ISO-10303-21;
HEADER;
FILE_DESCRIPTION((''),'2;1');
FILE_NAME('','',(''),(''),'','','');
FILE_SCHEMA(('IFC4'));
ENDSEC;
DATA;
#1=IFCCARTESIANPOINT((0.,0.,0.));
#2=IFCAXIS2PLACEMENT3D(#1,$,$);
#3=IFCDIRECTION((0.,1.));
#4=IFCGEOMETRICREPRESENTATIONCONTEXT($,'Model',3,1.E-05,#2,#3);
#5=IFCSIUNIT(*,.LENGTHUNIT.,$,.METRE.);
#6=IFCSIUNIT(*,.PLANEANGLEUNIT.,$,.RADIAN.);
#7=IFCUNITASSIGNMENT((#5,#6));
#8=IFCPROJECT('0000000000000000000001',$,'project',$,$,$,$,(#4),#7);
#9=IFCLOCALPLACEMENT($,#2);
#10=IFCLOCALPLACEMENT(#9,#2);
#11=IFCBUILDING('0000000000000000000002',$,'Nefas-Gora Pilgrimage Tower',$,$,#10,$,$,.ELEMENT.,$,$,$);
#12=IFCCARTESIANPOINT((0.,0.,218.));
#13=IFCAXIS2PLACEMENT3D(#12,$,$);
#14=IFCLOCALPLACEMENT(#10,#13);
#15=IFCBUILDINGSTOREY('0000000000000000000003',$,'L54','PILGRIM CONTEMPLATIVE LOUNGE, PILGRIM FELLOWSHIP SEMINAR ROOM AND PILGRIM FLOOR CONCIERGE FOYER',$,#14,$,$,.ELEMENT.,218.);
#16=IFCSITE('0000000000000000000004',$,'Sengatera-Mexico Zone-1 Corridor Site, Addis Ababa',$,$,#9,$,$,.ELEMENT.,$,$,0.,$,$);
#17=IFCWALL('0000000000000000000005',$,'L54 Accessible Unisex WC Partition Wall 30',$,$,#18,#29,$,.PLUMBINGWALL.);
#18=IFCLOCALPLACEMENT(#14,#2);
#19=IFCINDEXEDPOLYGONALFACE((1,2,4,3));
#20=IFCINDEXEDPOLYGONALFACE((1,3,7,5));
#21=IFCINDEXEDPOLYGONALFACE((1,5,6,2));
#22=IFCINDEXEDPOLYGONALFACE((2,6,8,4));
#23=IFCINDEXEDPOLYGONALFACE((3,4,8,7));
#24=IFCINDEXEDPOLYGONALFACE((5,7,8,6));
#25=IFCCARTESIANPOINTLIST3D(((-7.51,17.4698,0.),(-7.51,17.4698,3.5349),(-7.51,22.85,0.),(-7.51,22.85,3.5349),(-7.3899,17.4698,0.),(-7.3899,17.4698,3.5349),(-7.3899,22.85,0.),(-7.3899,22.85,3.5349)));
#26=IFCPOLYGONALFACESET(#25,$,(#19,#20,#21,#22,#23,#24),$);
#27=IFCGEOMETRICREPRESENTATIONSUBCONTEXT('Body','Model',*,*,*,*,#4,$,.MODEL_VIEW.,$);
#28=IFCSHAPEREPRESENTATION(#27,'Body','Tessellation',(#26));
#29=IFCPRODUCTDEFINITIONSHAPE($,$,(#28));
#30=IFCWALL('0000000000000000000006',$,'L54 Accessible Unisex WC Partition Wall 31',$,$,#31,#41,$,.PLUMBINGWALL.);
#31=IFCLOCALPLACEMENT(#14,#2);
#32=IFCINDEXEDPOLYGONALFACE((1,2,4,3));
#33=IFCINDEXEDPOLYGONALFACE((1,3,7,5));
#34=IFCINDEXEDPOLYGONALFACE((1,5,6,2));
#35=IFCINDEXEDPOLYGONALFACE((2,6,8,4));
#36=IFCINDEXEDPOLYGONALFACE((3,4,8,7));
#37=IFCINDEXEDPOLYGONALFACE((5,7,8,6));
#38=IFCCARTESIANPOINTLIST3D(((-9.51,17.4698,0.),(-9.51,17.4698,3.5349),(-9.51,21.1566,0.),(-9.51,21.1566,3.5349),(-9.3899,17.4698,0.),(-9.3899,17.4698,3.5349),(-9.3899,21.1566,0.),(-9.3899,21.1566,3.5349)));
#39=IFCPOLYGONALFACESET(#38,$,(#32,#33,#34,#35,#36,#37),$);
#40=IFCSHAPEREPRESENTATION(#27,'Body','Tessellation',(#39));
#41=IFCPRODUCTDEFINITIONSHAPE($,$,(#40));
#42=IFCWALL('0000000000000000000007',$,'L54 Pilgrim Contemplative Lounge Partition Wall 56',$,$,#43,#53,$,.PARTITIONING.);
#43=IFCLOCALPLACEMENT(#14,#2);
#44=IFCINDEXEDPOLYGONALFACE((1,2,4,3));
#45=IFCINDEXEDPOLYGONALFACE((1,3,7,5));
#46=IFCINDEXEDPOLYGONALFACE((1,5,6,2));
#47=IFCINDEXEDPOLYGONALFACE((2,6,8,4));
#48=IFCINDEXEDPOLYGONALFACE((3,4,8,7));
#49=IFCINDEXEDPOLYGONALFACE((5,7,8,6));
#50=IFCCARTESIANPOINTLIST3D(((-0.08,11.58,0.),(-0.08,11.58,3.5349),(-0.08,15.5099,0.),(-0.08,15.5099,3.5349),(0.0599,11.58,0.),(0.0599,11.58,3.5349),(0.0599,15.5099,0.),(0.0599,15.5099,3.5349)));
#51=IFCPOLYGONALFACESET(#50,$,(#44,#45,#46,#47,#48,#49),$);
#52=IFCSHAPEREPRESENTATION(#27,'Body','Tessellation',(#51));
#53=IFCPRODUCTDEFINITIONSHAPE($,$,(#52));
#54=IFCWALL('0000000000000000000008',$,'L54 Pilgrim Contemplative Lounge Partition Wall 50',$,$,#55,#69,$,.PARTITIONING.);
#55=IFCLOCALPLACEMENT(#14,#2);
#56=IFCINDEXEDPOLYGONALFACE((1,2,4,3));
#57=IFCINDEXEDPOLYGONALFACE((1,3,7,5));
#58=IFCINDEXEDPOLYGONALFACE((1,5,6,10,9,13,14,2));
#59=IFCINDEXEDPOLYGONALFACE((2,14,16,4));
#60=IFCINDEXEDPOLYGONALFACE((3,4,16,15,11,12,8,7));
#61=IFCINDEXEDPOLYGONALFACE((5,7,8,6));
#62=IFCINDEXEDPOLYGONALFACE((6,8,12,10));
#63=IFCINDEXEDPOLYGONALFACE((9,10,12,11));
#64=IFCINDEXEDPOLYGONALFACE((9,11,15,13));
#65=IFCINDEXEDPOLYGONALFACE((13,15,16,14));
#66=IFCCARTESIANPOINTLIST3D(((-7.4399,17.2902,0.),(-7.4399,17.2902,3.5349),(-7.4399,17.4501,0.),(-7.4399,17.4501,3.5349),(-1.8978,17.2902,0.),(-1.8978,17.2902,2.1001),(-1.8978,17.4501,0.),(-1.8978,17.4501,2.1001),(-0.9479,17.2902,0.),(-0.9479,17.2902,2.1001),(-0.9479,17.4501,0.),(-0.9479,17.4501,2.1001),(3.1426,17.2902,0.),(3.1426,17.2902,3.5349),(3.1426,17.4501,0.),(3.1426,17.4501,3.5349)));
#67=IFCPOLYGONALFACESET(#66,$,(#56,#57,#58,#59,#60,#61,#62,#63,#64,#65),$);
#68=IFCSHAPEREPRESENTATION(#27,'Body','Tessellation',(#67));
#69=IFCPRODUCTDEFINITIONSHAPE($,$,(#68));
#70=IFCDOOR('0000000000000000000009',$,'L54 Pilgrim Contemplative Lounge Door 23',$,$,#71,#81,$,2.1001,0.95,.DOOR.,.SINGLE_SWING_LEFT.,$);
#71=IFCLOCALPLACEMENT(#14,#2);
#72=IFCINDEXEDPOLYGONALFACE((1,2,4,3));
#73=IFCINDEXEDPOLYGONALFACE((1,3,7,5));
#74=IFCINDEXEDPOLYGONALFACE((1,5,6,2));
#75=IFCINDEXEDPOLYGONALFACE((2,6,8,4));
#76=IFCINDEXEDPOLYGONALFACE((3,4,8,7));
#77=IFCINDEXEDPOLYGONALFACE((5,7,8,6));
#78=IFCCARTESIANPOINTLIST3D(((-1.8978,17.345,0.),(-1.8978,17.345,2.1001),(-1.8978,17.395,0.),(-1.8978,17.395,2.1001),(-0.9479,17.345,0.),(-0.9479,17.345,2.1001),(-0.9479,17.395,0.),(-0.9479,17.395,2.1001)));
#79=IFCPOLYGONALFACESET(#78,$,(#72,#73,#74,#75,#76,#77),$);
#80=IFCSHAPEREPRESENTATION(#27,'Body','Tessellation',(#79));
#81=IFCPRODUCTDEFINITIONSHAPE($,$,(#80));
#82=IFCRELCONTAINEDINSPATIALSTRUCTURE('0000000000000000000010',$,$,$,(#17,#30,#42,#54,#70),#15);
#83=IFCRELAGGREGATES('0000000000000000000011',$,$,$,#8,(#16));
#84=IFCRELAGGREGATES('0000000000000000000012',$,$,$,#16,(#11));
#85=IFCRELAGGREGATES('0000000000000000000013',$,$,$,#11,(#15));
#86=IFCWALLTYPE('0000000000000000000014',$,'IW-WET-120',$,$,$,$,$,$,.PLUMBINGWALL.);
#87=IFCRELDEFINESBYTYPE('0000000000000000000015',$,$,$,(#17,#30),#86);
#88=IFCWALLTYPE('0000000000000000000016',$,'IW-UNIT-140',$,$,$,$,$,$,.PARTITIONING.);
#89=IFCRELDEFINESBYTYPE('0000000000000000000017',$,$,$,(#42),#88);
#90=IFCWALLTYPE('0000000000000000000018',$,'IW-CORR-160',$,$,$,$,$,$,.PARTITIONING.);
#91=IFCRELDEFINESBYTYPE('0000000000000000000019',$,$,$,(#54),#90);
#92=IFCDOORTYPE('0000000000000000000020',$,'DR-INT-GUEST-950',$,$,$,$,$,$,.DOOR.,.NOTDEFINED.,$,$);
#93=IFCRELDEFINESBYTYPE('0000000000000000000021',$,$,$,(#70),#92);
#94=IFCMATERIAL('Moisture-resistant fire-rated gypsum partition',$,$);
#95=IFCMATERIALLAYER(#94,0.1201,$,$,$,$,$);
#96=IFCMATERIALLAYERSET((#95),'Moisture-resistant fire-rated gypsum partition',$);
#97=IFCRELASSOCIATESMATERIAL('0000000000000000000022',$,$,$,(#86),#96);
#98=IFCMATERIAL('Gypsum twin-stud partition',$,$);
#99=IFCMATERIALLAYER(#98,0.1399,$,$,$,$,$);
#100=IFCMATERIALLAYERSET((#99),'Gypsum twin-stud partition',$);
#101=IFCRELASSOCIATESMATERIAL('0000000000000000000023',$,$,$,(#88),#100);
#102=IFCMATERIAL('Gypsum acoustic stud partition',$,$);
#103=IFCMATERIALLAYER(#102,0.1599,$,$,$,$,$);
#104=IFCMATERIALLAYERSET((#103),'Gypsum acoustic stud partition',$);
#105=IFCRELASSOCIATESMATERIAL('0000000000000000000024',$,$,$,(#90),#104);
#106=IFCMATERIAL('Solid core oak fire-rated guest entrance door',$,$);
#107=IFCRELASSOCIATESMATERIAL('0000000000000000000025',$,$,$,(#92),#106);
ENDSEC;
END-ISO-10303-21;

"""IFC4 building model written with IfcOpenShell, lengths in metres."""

from ifc_helpers import new_model, si_unit, direction, frame, frame_2d, origin, place, context, subcontext, project, spatial, rectangle, extrude, source, transform, mapped, material, layer, layer_set, type_object, element, fill, save


model = new_model("IFC4")

# Units and contexts
model_context = context("Model", 3, precision=1e-05, world=origin(), true_north=direction((0.0, 1.0)))
body_context = subcontext(model_context, "Body", "Model", "MODEL_VIEW")
ifc_project = project(units=[si_unit("LENGTHUNIT", "METRE"), si_unit("PLANEANGLEUNIT", "RADIAN")], contexts=[model_context])

# Site, building, storey
site_placement = place(None, origin())
site = spatial("IfcSite", under=ifc_project, at=site_placement, Name="Sengatera-Mexico Zone-1 Corridor Site, Addis Ababa", CompositionType="ELEMENT", RefElevation=0.0)
building_placement = place(site_placement, origin())
building = spatial("IfcBuilding", under=site, at=building_placement, Name="Nefas-Gora Pilgrimage Tower", CompositionType="ELEMENT")
storey_placement = place(building_placement, frame((0.0, 0.0, 218.0)))
storey = spatial("IfcBuildingStorey", under=building, at=storey_placement, Name="L54", Description="PILGRIM CONTEMPLATIVE LOUNGE, PILGRIM FELLOWSHIP SEMINAR ROOM AND PILGRIM FLOOR CONCIERGE FOYER", CompositionType="ELEMENT", Elevation=218.0)

# Shared definitions
ifc_material_1 = material(Name="Moisture-resistant fire-rated gypsum partition")
ifc_layer_1 = layer(ifc_material_1, 0.1201)
ifc_layer_set_1 = layer_set([ifc_layer_1], Name="Moisture-resistant fire-rated gypsum partition")
wall_type_1 = type_object("IfcWallType", Name="IW-WET-120", PredefinedType="PLUMBINGWALL", material=ifc_layer_set_1)

# Walls
shared_shape_1 = source(origin(), body_context, "Body", "SweptSolid", [
    extrude(rectangle(XDim=5.3801, YDim=0.1201, at=frame_2d((2.6899, 0.0))), origin(), (0.0, 0.0, 1.0), 3.5349),
])
wall_1_placement = place(storey_placement, frame((-7.45, 17.47, 0.0), z_axis=(0.0, 0.0, 1.0), x_axis=(0.0, 1.0, 0.0)))
element("IfcWall", 1, at=wall_1_placement, inside=storey, type_object=wall_type_1, Name="L54 Accessible Unisex WC Partition Wall 30", PredefinedType="PLUMBINGWALL", context=body_context, shape_type="MappedRepresentation", body=[
    mapped(shared_shape_1, transform((0.0, 0.0, 0.0), x_axis=(1.0, 0.0, 0.0), y_axis=(0.0, 1.0, 0.0), z_axis=(0.0, 0.0, 1.0), scale=1.0)),
])
shared_shape_2 = source(origin(), body_context, "Body", "SweptSolid", [
    extrude(rectangle(XDim=3.6868, YDim=0.1201, at=frame_2d((1.8433, 0.0))), origin(), (0.0, 0.0, 1.0), 3.5349),
])
wall_2_placement = place(storey_placement, frame((-9.45, 17.47, 0.0), z_axis=(0.0, 0.0, 1.0), x_axis=(0.0, 1.0, 0.0)))
element("IfcWall", 2, at=wall_2_placement, inside=storey, type_object=wall_type_1, Name="L54 Accessible Unisex WC Partition Wall 31", PredefinedType="PLUMBINGWALL", context=body_context, shape_type="MappedRepresentation", body=[
    mapped(shared_shape_2, transform((0.0, 0.0, 0.0), x_axis=(1.0, 0.0, 0.0), y_axis=(0.0, 1.0, 0.0), z_axis=(0.0, 0.0, 1.0), scale=1.0)),
])
ifc_material_2 = material(Name="Gypsum twin-stud partition")
ifc_layer_2 = layer(ifc_material_2, 0.1399)
ifc_layer_set_2 = layer_set([ifc_layer_2], Name="Gypsum twin-stud partition")
wall_type_2 = type_object("IfcWallType", Name="IW-UNIT-140", PredefinedType="PARTITIONING", material=ifc_layer_set_2)
shared_shape_3 = source(origin(), body_context, "Body", "SweptSolid", [
    extrude(rectangle(XDim=3.9299, YDim=0.1399, at=frame_2d((1.9648, 0.0))), origin(), (0.0, 0.0, 1.0), 3.5349),
])
wall_3_placement = place(storey_placement, frame((-0.01, 11.5801, 0.0), z_axis=(0.0, 0.0, 1.0), x_axis=(0.0, 1.0, 0.0)))
element("IfcWall", 3, at=wall_3_placement, inside=storey, type_object=wall_type_2, Name="L54 Pilgrim Contemplative Lounge Partition Wall 56", PredefinedType="PARTITIONING", context=body_context, shape_type="MappedRepresentation", body=[
    mapped(shared_shape_3, transform((0.0, 0.0, 0.0), x_axis=(1.0, 0.0, 0.0), y_axis=(0.0, 1.0, 0.0), z_axis=(0.0, 0.0, 1.0), scale=1.0)),
])

# Wall, opening, door
ifc_material_3 = material(Name="Gypsum acoustic stud partition")
ifc_layer_3 = layer(ifc_material_3, 0.1599)
ifc_layer_set_3 = layer_set([ifc_layer_3], Name="Gypsum acoustic stud partition")
wall_type_3 = type_object("IfcWallType", Name="IW-CORR-160", PredefinedType="PARTITIONING", material=ifc_layer_set_3)
shared_shape_4 = source(origin(), body_context, "Body", "SweptSolid", [
    extrude(rectangle(XDim=10.5825, YDim=0.1599, at=frame_2d((5.2913, 0.0))), origin(), (0.0, 0.0, 1.0), 3.5349),
])
wall_4_placement = place(storey_placement, frame((-7.4399, 17.3701, 0.0), z_axis=(0.0, 0.0, 1.0), x_axis=(1.0, 0.0, 0.0)))
wall_4 = element("IfcWall", 4, at=wall_4_placement, inside=storey, type_object=wall_type_3, Name="L54 Pilgrim Contemplative Lounge Partition Wall 50", PredefinedType="PARTITIONING", context=body_context, shape_type="MappedRepresentation", body=[
    mapped(shared_shape_4, transform((0.0, 0.0, 0.0), x_axis=(1.0, 0.0, 0.0), y_axis=(0.0, 1.0, 0.0), z_axis=(0.0, 0.0, 1.0), scale=1.0)),
])
opening_1_placement = place(wall_4_placement, frame((5.542, 0.0, 0.0)))
opening_1 = element("IfcOpeningElement", 5, at=opening_1_placement, cuts=wall_4, PredefinedType="OPENING", context=body_context, shape_type="SweptSolid", body=[
    extrude(rectangle(XDim=0.95, YDim=2.1001, at=frame_2d((0.4751, 1.05))), frame((0.0, 0.0898, 0.0), z_axis=(0.0, -1.0, 0.0), x_axis=(1.0, 0.0, 0.0)), (0.0, 0.0, 1.0), 0.1799),
])
ifc_material_4 = material(Name="Solid core oak fire-rated guest entrance door")
door_type_1 = type_object("IfcDoorType", Name="DR-INT-GUEST-950", OperationType="NOTDEFINED", PredefinedType="DOOR", material=ifc_material_4)
shared_shape_5 = source(origin(), body_context, "Body", "SweptSolid", [
    extrude(rectangle(XDim=0.95, YDim=2.1001, at=frame_2d((0.4751, 1.05))), frame((0.0, 0.0249, 0.0), z_axis=(0.0, -1.0, 0.0), x_axis=(1.0, 0.0, 0.0)), (0.0, 0.0, 1.0), 0.05),
])
door_1_placement = place(opening_1_placement, origin())
door_1 = element("IfcDoor", 6, at=door_1_placement, inside=storey, type_object=door_type_1, Name="L54 Pilgrim Contemplative Lounge Door 23", OperationType="SINGLE_SWING_LEFT", OverallHeight=2.1001, OverallWidth=0.95, PredefinedType="DOOR", context=body_context, shape_type="MappedRepresentation", body=[
    mapped(shared_shape_5, transform((0.0, 0.0, 0.0), x_axis=(1.0, 0.0, 0.0), y_axis=(0.0, 1.0, 0.0), z_axis=(0.0, 0.0, 1.0), scale=1.0)),
])
fill(opening_1, door_1)

save(model, "model.ifc")
